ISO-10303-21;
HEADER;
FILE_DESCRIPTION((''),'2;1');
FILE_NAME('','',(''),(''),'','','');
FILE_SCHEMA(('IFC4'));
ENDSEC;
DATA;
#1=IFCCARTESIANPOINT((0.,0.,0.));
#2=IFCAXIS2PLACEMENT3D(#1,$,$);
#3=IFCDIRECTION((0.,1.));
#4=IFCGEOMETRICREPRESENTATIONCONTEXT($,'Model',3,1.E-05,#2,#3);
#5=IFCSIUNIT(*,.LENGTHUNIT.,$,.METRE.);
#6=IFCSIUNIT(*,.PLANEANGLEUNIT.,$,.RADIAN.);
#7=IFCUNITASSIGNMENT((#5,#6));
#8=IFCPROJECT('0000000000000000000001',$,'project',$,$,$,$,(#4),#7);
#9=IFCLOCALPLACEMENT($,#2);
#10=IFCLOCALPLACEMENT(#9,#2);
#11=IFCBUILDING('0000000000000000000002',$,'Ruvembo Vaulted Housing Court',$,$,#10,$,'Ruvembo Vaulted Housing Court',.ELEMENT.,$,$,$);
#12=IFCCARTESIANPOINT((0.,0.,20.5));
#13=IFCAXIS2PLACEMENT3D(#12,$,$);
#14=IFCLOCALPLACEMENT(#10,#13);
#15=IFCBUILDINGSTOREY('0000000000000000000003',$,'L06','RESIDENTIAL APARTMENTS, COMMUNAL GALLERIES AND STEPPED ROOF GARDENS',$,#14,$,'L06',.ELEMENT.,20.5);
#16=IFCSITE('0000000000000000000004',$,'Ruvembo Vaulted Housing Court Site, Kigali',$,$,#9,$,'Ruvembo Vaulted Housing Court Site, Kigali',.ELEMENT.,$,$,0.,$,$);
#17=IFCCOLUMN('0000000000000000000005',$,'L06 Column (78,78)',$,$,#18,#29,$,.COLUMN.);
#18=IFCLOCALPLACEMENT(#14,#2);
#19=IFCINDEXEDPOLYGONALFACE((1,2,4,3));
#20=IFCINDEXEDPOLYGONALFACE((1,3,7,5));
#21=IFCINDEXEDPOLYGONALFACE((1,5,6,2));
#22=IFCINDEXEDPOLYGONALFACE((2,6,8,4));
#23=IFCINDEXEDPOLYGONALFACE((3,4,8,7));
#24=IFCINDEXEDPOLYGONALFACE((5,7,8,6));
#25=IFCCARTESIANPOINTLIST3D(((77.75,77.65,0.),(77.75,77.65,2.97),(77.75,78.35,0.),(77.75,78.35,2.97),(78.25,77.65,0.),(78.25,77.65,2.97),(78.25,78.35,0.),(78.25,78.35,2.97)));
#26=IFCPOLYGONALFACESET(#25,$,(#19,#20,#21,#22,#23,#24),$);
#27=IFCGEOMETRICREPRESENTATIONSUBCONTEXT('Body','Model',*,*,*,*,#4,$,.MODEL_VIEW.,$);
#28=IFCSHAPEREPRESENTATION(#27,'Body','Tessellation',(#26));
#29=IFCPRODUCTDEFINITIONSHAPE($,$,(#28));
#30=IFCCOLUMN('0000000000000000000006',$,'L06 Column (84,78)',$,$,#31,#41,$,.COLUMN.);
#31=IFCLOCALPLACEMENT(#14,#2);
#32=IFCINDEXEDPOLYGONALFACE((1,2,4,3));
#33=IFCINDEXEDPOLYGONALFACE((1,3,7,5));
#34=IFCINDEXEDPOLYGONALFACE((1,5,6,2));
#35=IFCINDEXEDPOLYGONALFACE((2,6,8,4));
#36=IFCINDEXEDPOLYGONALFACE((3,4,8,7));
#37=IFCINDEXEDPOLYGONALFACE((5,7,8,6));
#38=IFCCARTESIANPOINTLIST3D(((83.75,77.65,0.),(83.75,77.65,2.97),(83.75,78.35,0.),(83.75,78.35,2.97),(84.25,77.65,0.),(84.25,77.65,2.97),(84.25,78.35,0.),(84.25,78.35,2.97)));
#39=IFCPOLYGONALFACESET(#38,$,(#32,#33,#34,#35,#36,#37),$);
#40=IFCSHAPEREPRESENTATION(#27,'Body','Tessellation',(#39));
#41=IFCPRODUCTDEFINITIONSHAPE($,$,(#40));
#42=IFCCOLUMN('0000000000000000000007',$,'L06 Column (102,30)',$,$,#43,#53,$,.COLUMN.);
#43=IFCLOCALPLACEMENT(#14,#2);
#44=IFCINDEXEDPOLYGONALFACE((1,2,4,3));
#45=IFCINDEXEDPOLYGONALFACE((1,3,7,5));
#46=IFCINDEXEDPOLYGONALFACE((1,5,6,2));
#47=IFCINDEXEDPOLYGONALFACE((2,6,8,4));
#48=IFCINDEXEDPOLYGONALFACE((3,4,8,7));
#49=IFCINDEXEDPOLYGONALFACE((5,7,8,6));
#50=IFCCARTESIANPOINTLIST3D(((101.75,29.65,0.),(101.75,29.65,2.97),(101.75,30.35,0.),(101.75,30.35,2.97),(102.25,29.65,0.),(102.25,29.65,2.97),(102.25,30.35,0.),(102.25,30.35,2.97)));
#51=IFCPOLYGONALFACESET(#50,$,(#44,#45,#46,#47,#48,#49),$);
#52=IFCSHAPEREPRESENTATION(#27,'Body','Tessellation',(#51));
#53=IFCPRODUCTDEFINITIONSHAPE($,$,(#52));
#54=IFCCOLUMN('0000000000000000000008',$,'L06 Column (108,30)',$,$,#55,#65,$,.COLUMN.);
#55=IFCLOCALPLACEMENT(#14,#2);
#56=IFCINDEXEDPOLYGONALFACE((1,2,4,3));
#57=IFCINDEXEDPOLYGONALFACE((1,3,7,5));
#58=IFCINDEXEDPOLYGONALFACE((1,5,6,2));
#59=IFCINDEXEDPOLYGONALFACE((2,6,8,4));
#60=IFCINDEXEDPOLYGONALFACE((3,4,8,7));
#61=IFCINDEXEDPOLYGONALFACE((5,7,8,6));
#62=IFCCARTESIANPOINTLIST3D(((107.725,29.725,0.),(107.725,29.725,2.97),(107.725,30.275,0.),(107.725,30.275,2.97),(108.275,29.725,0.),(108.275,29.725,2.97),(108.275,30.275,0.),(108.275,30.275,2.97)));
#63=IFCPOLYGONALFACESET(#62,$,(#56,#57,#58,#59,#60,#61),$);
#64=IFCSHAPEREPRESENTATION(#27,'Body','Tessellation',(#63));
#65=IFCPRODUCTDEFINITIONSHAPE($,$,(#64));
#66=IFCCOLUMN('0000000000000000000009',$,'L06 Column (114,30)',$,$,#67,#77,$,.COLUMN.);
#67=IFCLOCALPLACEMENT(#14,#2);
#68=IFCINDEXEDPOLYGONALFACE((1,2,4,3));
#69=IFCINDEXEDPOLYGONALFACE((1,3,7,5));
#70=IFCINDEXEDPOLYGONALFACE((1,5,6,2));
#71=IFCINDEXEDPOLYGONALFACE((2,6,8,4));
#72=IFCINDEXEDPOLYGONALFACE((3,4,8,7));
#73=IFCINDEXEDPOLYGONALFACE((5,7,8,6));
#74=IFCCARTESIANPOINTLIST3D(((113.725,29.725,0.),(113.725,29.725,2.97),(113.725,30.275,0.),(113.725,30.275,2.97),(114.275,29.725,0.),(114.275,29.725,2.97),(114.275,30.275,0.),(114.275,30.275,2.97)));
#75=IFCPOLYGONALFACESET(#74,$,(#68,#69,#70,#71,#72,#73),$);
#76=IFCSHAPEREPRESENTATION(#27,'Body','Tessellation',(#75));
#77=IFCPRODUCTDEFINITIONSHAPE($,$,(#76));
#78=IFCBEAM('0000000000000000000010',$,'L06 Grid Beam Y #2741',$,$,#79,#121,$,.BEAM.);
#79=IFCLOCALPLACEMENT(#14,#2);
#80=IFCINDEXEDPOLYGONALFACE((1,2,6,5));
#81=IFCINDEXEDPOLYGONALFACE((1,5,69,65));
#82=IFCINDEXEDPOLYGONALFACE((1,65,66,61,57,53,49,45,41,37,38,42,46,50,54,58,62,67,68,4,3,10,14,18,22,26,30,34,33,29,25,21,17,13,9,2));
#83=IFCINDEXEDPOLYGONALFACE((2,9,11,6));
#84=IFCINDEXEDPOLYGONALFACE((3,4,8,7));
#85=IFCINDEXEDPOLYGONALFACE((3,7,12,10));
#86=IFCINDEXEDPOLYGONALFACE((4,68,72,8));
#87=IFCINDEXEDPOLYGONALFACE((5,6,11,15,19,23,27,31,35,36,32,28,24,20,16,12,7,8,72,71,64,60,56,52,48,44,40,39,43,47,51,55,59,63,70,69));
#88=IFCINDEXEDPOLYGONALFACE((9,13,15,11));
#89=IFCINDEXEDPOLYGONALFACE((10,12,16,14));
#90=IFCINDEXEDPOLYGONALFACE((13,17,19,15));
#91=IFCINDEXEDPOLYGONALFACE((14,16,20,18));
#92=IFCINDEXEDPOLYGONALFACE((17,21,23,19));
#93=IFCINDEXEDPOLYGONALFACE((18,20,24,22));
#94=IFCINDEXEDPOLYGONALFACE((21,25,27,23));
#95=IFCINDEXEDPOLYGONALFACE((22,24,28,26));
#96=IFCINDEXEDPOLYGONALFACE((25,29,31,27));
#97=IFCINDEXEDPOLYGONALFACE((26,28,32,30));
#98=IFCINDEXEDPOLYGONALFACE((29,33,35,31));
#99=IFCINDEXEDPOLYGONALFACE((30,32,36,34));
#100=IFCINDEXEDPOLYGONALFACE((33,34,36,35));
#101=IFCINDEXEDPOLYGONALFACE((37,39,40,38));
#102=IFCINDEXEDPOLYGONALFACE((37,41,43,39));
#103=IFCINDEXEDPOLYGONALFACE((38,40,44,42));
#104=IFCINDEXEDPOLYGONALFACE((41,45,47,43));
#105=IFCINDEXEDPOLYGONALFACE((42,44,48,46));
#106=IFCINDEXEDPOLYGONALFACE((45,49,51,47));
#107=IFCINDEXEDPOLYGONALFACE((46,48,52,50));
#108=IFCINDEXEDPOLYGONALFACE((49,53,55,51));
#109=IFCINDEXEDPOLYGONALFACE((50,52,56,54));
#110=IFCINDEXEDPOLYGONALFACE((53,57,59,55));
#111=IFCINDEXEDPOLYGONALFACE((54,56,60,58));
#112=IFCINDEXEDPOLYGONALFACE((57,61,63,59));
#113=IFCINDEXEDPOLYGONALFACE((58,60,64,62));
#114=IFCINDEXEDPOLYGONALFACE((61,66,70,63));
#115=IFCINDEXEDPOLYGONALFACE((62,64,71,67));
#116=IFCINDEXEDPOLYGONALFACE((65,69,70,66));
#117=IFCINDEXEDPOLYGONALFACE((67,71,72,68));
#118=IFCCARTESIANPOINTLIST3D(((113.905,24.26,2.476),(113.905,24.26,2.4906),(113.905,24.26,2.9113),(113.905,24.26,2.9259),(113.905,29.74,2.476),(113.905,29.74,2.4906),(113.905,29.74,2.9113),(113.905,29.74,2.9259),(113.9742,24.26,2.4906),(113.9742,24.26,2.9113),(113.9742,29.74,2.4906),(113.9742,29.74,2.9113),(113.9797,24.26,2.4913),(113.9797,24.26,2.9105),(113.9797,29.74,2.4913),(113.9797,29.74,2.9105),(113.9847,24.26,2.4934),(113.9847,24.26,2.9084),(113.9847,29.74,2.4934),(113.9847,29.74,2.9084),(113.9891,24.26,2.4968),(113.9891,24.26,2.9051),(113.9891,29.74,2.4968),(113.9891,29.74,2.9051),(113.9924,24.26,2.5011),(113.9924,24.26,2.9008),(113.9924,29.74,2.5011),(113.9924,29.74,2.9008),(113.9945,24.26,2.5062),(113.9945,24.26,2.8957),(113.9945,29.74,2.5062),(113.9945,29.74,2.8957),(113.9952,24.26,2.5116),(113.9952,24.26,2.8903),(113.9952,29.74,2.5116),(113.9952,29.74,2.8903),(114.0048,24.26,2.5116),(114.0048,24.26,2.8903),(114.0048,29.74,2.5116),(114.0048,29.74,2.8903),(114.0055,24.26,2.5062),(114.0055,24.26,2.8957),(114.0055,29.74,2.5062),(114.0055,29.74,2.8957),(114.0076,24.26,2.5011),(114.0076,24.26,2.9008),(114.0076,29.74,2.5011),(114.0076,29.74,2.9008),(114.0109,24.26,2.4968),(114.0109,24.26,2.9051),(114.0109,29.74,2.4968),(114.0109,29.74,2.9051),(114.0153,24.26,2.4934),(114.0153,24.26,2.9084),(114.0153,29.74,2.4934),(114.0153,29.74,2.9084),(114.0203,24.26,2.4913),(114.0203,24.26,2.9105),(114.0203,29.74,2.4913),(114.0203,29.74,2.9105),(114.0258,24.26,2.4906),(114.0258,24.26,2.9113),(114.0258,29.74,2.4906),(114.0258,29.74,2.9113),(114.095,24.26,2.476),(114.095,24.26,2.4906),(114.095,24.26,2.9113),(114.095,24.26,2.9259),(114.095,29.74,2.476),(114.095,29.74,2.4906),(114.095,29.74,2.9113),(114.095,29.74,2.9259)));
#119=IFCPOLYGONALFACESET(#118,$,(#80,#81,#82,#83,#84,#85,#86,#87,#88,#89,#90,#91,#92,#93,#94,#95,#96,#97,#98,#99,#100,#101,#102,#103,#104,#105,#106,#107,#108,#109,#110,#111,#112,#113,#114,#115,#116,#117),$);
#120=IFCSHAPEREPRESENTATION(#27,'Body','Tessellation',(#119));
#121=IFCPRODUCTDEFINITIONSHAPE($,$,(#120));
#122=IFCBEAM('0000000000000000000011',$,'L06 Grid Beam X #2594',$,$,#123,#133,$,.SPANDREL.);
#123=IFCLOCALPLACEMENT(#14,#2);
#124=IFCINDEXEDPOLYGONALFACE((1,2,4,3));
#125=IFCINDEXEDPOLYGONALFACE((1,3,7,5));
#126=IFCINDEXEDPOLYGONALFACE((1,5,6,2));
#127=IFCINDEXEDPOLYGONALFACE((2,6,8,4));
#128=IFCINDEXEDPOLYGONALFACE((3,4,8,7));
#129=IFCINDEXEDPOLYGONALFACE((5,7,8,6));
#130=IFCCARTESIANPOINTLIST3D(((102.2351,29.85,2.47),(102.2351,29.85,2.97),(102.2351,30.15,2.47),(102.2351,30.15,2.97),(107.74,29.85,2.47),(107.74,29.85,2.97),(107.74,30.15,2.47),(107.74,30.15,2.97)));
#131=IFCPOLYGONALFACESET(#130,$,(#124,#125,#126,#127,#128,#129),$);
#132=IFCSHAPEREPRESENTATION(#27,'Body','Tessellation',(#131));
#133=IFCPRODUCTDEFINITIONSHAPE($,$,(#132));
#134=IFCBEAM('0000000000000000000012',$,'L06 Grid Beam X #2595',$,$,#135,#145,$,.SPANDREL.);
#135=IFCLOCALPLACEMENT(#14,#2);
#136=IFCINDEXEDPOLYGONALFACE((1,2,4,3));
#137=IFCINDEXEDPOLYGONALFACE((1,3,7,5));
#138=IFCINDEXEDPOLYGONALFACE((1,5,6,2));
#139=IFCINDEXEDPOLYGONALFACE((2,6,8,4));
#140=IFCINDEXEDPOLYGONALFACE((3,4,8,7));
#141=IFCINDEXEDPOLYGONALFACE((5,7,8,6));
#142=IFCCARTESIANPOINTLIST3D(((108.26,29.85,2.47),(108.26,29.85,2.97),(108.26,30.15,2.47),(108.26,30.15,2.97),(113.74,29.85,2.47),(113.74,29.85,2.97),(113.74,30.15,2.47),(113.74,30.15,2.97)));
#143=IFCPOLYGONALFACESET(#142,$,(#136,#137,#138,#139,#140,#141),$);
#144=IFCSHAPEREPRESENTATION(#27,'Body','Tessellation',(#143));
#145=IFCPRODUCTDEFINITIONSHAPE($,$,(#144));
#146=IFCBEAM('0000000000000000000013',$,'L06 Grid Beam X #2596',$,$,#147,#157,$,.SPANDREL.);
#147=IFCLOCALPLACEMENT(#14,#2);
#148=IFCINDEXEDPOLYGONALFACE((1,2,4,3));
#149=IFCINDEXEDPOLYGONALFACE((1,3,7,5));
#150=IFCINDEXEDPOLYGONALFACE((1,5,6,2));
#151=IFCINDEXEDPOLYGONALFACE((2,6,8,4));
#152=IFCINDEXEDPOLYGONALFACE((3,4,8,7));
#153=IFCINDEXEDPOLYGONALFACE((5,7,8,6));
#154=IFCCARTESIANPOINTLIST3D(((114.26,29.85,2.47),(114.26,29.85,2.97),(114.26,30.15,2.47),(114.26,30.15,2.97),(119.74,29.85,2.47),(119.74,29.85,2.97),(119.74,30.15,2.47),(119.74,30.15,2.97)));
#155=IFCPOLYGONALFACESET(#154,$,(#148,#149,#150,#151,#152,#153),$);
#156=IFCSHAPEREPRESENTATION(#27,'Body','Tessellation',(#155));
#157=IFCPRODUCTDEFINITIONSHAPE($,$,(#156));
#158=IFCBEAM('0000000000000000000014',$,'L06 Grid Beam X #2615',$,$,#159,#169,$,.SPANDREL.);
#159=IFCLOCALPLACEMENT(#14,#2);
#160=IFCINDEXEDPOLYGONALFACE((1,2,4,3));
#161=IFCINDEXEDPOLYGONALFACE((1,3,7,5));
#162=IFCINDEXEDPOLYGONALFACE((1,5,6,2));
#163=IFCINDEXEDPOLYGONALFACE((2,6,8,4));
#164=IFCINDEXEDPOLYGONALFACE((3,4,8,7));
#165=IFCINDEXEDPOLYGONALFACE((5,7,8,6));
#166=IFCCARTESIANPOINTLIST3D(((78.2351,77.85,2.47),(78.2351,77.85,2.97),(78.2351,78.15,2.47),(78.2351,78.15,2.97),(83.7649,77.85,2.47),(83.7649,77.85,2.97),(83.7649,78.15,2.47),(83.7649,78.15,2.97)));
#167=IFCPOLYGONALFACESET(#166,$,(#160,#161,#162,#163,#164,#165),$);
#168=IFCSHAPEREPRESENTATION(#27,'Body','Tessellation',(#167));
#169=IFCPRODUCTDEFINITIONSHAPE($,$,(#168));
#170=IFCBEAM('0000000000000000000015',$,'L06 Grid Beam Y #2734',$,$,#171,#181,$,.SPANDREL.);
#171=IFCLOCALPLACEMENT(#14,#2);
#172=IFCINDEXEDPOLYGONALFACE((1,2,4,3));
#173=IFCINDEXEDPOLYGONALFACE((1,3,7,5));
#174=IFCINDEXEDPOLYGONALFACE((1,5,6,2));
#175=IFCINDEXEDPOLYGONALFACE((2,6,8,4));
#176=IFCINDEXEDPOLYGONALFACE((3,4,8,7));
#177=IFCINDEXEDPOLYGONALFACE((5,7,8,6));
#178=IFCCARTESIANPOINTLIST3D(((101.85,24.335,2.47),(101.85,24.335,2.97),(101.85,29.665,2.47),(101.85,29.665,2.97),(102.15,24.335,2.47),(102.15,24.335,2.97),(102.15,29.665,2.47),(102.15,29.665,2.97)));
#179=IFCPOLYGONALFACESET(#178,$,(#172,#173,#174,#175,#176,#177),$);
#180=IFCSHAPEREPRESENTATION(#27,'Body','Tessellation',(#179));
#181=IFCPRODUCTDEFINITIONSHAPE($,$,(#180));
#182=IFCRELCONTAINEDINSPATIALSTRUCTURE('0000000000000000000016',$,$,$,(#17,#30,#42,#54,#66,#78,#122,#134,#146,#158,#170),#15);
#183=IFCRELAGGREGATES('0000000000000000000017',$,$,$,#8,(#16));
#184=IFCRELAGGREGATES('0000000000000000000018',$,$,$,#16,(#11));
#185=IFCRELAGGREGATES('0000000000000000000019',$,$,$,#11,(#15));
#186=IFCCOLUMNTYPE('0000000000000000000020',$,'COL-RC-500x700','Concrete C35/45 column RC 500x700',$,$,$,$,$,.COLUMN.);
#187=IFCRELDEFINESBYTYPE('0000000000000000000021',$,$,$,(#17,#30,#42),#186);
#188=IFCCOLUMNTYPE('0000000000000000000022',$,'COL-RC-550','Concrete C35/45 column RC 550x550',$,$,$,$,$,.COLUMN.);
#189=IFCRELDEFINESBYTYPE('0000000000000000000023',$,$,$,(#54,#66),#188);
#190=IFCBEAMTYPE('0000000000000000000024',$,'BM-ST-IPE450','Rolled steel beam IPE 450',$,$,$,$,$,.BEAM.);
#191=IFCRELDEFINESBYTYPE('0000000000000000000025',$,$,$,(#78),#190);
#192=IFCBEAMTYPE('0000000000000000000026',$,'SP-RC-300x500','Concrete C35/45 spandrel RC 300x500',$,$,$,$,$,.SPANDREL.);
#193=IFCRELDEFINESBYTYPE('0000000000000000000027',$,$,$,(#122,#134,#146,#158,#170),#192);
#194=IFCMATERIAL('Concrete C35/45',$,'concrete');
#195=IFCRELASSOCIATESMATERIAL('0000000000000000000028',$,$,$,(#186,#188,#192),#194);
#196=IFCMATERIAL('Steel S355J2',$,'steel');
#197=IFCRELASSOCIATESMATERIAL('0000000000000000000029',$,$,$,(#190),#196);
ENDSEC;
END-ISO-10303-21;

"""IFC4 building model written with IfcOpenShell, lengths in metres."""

from ifc_helpers import new_model, si_unit, direction, frame, origin, origin_2d, place, context, subcontext, project, spatial, rectangle, i_section, extrude, material, material_profile, profile_set, type_object, element, save


model = new_model("IFC4")

# Units and contexts
model_context = context("Model", 3, precision=1e-05, world=origin(), true_north=direction((0.0, 1.0)))
body_context = subcontext(model_context, "Body", "Model", "MODEL_VIEW")
ifc_project = project(units=[si_unit("LENGTHUNIT", "METRE"), si_unit("PLANEANGLEUNIT", "RADIAN")], contexts=[model_context])

# Site, building, storey
site_placement = place(None, origin())
site = spatial("IfcSite", under=ifc_project, at=site_placement, Name="Ruvembo Vaulted Housing Court Site, Kigali", LongName="Ruvembo Vaulted Housing Court Site, Kigali", CompositionType="ELEMENT", RefElevation=0.0)
building_placement = place(site_placement, origin())
building = spatial("IfcBuilding", under=site, at=building_placement, Name="Ruvembo Vaulted Housing Court", LongName="Ruvembo Vaulted Housing Court", CompositionType="ELEMENT")
storey_placement = place(building_placement, frame((0.0, 0.0, 20.5)))
storey = spatial("IfcBuildingStorey", under=building, at=storey_placement, Name="L06", Description="RESIDENTIAL APARTMENTS, COMMUNAL GALLERIES AND STEPPED ROOF GARDENS", LongName="L06", CompositionType="ELEMENT", Elevation=20.5)

# Columns
ifc_material_1 = material(Name="Concrete C35/45", Category="concrete")
ifc_material_profile_1 = material_profile(ifc_material_1, rectangle(XDim=0.5, YDim=0.7, at=origin_2d()), Name="RC 500x700")
ifc_profile_set_1 = profile_set([ifc_material_profile_1], Name="Concrete C35/45")
column_type_1 = type_object("IfcColumnType", Name="COL-RC-500x700", Description="Concrete C35/45 column RC 500x700", PredefinedType="COLUMN", material=ifc_profile_set_1)
for number, where, z_axis, x_axis, name in (
    (1, (78.0, 78.0, 0.0), (0.0, 0.0, 1.0), (1.0, 0.0, 0.0), "L06 Column (78,78)"),
    (2, (84.0, 78.0, 0.0), (0.0, 0.0, 1.0), (1.0, 0.0, 0.0), "L06 Column (84,78)"),
    (3, (102.0, 30.0, 0.0), (0.0, 0.0, 1.0), (1.0, 0.0, 0.0), "L06 Column (102,30)"),
):
    element("IfcColumn", number, at=place(storey_placement, frame(where, z_axis=z_axis, x_axis=x_axis)), inside=storey, type_object=column_type_1, Name=name, PredefinedType="COLUMN", context=body_context, shape_type="SweptSolid", body=[
        extrude(rectangle(XDim=0.5, YDim=0.7, at=origin_2d()), origin(), (0.0, 0.0, 1.0), 2.97),
    ])
ifc_material_profile_2 = material_profile(ifc_material_1, rectangle(XDim=0.55, YDim=0.55, at=origin_2d()), Name="RC 550x550")
ifc_profile_set_2 = profile_set([ifc_material_profile_2], Name="Concrete C35/45")
column_type_2 = type_object("IfcColumnType", Name="COL-RC-550", Description="Concrete C35/45 column RC 550x550", PredefinedType="COLUMN", material=ifc_profile_set_2)
for number, where, z_axis, x_axis, name in (
    (4, (108.0, 30.0, 0.0), (0.0, 0.0, 1.0), (1.0, 0.0, 0.0), "L06 Column (108,30)"),
    (5, (114.0, 30.0, 0.0), (0.0, 0.0, 1.0), (1.0, 0.0, 0.0), "L06 Column (114,30)"),
):
    element("IfcColumn", number, at=place(storey_placement, frame(where, z_axis=z_axis, x_axis=x_axis)), inside=storey, type_object=column_type_2, Name=name, PredefinedType="COLUMN", context=body_context, shape_type="SweptSolid", body=[
        extrude(rectangle(XDim=0.55, YDim=0.55, at=origin_2d()), origin(), (0.0, 0.0, 1.0), 2.97),
    ])

# Beams
ifc_material_2 = material(Name="Steel S355J2", Category="steel")
ifc_material_profile_3 = material_profile(ifc_material_2, i_section(OverallWidth=0.1899, OverallDepth=0.45, WebThickness=0.0095, FlangeThickness=0.0146, FilletRadius=0.021, at=origin_2d()), Name="IPE 450")
ifc_profile_set_3 = profile_set([ifc_material_profile_3], Name="Steel S355J2")
beam_type_1 = type_object("IfcBeamType", Name="BM-ST-IPE450", Description="Rolled steel beam IPE 450", PredefinedType="BEAM", material=ifc_profile_set_3)
beam_1_placement = place(storey_placement, frame((114.0, 24.26, 2.7009), z_axis=(0.0, 1.0, 0.0), x_axis=(-1.0, 0.0, 0.0)))
element("IfcBeam", 6, at=beam_1_placement, inside=storey, type_object=beam_type_1, Name="L06 Grid Beam Y #2741", PredefinedType="BEAM", context=body_context, shape_type="SweptSolid", body=[
    extrude(i_section(OverallWidth=0.1899, OverallDepth=0.45, WebThickness=0.0095, FlangeThickness=0.0146, FilletRadius=0.021, at=origin_2d()), origin(), (0.0, 0.0, 1.0), 5.48),
])
ifc_material_profile_4 = material_profile(ifc_material_1, rectangle(XDim=0.3, YDim=0.5, at=origin_2d()), Name="RC 300x500")
ifc_profile_set_4 = profile_set([ifc_material_profile_4], Name="Concrete C35/45")
beam_type_2 = type_object("IfcBeamType", Name="SP-RC-300x500", Description="Concrete C35/45 spandrel RC 300x500", PredefinedType="SPANDREL", material=ifc_profile_set_4)
beam_2_placement = place(storey_placement, frame((102.2351, 30.0, 2.72), z_axis=(1.0, 0.0, 0.0), x_axis=(0.0, 1.0, 0.0)))
element("IfcBeam", 7, at=beam_2_placement, inside=storey, type_object=beam_type_2, Name="L06 Grid Beam X #2594", PredefinedType="SPANDREL", context=body_context, shape_type="SweptSolid", body=[
    extrude(rectangle(XDim=0.3, YDim=0.5, at=origin_2d()), origin(), (0.0, 0.0, 1.0), 5.5049),
])
for number, where, z_axis, x_axis, name in (
    (8, (108.26, 30.0, 2.72), (1.0, 0.0, 0.0), (0.0, 1.0, 0.0), "L06 Grid Beam X #2595"),
    (9, (114.26, 30.0, 2.72), (1.0, 0.0, 0.0), (0.0, 1.0, 0.0), "L06 Grid Beam X #2596"),
):
    element("IfcBeam", number, at=place(storey_placement, frame(where, z_axis=z_axis, x_axis=x_axis)), inside=storey, type_object=beam_type_2, Name=name, PredefinedType="SPANDREL", context=body_context, shape_type="SweptSolid", body=[
        extrude(rectangle(XDim=0.3, YDim=0.5, at=origin_2d()), origin(), (0.0, 0.0, 1.0), 5.48),
    ])
beam_3_placement = place(storey_placement, frame((78.2351, 78.0, 2.72), z_axis=(1.0, 0.0, 0.0), x_axis=(0.0, 1.0, 0.0)))
element("IfcBeam", 10, at=beam_3_placement, inside=storey, type_object=beam_type_2, Name="L06 Grid Beam X #2615", PredefinedType="SPANDREL", context=body_context, shape_type="SweptSolid", body=[
    extrude(rectangle(XDim=0.3, YDim=0.5, at=origin_2d()), origin(), (0.0, 0.0, 1.0), 5.5298),
])
beam_4_placement = place(storey_placement, frame((102.0, 24.335, 2.72), z_axis=(0.0, 1.0, 0.0), x_axis=(-1.0, 0.0, 0.0)))
element("IfcBeam", 11, at=beam_4_placement, inside=storey, type_object=beam_type_2, Name="L06 Grid Beam Y #2734", PredefinedType="SPANDREL", context=body_context, shape_type="SweptSolid", body=[
    extrude(rectangle(XDim=0.3, YDim=0.5, at=origin_2d()), origin(), (0.0, 0.0, 1.0), 5.3301),
])

save(model, "model.ifc")
